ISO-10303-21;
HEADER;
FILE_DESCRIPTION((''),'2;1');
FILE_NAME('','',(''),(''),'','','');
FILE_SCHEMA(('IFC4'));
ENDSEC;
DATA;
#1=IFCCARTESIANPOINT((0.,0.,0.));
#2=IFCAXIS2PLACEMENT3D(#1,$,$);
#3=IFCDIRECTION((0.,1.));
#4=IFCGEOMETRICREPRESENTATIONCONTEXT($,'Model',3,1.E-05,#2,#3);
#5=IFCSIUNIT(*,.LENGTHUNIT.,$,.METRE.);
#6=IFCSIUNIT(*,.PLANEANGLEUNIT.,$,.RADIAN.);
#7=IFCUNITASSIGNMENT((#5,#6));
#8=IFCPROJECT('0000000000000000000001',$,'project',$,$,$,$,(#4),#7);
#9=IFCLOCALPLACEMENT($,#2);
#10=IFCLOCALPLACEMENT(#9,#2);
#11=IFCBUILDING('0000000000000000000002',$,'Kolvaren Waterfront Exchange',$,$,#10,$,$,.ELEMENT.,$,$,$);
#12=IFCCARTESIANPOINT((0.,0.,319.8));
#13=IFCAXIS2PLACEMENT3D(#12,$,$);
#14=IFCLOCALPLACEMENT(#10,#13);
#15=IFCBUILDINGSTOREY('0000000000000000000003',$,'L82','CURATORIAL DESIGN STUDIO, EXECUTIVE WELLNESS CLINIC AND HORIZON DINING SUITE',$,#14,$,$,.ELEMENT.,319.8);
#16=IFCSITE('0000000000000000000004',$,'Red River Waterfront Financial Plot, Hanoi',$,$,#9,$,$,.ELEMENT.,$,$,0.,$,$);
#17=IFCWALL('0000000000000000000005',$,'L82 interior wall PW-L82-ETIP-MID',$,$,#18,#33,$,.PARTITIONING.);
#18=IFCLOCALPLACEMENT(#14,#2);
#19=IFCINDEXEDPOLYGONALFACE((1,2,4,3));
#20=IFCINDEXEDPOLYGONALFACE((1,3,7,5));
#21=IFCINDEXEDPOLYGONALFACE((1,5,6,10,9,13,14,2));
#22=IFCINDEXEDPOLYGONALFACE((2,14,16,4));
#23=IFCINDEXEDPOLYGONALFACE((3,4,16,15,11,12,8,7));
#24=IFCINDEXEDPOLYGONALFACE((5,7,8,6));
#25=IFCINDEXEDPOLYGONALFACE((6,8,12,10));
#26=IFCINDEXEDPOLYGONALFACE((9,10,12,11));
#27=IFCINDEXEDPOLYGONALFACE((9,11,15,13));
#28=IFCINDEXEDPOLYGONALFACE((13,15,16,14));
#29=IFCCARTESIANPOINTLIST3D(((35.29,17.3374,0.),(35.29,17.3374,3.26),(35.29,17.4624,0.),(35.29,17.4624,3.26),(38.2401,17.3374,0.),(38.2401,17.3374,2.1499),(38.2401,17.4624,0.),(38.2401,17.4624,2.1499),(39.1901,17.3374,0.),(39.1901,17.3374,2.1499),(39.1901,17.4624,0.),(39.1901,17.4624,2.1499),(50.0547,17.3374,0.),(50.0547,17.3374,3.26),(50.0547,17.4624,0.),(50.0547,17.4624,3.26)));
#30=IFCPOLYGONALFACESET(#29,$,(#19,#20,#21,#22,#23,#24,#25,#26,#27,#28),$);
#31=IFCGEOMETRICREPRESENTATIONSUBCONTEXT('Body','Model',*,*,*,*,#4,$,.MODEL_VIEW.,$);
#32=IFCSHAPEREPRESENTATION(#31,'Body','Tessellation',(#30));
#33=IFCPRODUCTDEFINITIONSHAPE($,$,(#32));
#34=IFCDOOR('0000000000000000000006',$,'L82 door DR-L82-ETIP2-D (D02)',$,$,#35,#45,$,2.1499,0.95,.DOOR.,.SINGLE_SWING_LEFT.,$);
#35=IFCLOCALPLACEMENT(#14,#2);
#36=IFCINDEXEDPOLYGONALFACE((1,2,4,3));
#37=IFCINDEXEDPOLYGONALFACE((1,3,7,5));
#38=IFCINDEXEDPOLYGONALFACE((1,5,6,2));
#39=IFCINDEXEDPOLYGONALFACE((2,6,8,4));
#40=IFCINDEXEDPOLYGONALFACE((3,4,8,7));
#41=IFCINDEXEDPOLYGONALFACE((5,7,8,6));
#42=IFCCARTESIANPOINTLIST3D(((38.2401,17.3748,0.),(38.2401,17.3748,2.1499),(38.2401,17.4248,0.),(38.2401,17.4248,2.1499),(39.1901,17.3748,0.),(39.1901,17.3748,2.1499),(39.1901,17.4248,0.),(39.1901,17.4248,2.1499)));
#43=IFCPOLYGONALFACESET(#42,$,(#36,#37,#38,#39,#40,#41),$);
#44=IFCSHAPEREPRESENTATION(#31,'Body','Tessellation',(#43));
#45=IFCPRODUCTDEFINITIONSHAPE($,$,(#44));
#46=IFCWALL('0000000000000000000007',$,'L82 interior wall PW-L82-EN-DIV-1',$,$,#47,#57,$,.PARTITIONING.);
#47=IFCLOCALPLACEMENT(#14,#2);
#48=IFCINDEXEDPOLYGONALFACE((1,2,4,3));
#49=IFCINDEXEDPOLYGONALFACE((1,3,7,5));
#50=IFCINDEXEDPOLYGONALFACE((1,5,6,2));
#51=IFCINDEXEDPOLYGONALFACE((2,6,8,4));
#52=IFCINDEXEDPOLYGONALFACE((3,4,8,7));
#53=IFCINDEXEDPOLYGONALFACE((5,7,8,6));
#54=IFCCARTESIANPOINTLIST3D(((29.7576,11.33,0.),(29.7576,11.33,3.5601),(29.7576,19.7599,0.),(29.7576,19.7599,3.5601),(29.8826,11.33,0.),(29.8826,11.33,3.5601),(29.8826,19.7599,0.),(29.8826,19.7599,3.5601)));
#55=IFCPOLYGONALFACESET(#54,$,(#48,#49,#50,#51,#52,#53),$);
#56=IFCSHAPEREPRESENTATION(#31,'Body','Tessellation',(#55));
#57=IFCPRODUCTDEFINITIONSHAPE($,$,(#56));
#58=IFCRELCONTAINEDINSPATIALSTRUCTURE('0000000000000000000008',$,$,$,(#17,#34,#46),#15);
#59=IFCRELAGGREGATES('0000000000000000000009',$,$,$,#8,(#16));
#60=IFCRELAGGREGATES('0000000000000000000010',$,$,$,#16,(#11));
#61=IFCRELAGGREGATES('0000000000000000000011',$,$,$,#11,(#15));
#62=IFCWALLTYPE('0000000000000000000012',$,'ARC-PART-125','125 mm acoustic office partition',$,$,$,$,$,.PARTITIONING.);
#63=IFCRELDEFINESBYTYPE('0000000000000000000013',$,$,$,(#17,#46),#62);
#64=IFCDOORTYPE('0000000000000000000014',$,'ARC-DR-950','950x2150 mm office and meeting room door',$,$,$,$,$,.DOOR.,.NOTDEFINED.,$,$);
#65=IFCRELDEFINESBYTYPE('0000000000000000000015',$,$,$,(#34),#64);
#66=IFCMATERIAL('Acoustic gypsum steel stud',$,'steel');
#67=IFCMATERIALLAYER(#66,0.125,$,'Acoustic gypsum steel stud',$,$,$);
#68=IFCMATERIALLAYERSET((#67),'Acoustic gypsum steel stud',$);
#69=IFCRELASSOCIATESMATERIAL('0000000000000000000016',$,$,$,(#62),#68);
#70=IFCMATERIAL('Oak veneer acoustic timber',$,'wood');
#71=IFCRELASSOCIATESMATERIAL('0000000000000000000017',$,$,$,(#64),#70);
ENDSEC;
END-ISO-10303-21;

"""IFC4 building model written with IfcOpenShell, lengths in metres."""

from ifc_helpers import new_model, si_unit, direction, frame, frame_2d, origin, place, context, subcontext, project, spatial, rectangle, extrude, material, layer, layer_set, type_object, element, fill, save


model = new_model("IFC4")

# Units and contexts
model_context = context("Model", 3, precision=1e-05, world=origin(), true_north=direction((0.0, 1.0)))
body_context = subcontext(model_context, "Body", "Model", "MODEL_VIEW")
ifc_project = project(units=[si_unit("LENGTHUNIT", "METRE"), si_unit("PLANEANGLEUNIT", "RADIAN")], contexts=[model_context])

# Site, building, storey
site_placement = place(None, origin())
site = spatial("IfcSite", under=ifc_project, at=site_placement, Name="Red River Waterfront Financial Plot, Hanoi", CompositionType="ELEMENT", RefElevation=0.0)
building_placement = place(site_placement, origin())
building = spatial("IfcBuilding", under=site, at=building_placement, Name="Kolvaren Waterfront Exchange", CompositionType="ELEMENT")
storey_placement = place(building_placement, frame((0.0, 0.0, 319.8)))
storey = spatial("IfcBuildingStorey", under=building, at=storey_placement, Name="L82", Description="CURATORIAL DESIGN STUDIO, EXECUTIVE WELLNESS CLINIC AND HORIZON DINING SUITE", CompositionType="ELEMENT", Elevation=319.8)

# Wall, opening, door
ifc_material_1 = material(Name="Acoustic gypsum steel stud", Category="steel")
ifc_layer_1 = layer(ifc_material_1, 0.125, Name="Acoustic gypsum steel stud")
ifc_layer_set_1 = layer_set([ifc_layer_1], Name="Acoustic gypsum steel stud")
wall_type_1 = type_object("IfcWallType", Name="ARC-PART-125", Description="125 mm acoustic office partition", PredefinedType="PARTITIONING", material=ifc_layer_set_1)
wall_1_placement = place(storey_placement, frame((35.29, 17.3999, 0.0), z_axis=(0.0, 0.0, 1.0), x_axis=(1.0, 0.0, 0.0)))
wall_1 = element("IfcWall", 1, at=wall_1_placement, inside=storey, type_object=wall_type_1, Name="L82 interior wall PW-L82-ETIP-MID", PredefinedType="PARTITIONING", context=body_context, shape_type="SweptSolid", body=[
    extrude(rectangle(XDim=14.7646, YDim=0.125, at=frame_2d((7.3823, 0.0))), origin(), (0.0, 0.0, 1.0), 3.26),
])
opening_placement = place(wall_1_placement, frame((2.95, 0.0, 0.0)))
opening = element("IfcOpeningElement", 2, at=opening_placement, cuts=wall_1, PredefinedType="OPENING", context=body_context, shape_type="SweptSolid", body=[
    extrude(rectangle(XDim=0.95, YDim=2.1499, at=frame_2d((0.4751, 1.075))), frame((0.0, 0.0725, 0.0), z_axis=(0.0, -1.0, 0.0), x_axis=(1.0, 0.0, 0.0)), (0.0, 0.0, 1.0), 0.145),
])
ifc_material_2 = material(Name="Oak veneer acoustic timber", Category="wood")
door_type = type_object("IfcDoorType", Name="ARC-DR-950", Description="950x2150 mm office and meeting room door", OperationType="NOTDEFINED", PredefinedType="DOOR", material=ifc_material_2)
door_placement = place(opening_placement, origin())
door = element("IfcDoor", 3, at=door_placement, inside=storey, type_object=door_type, Name="L82 door DR-L82-ETIP2-D (D02)", OperationType="SINGLE_SWING_LEFT", OverallHeight=2.1499, OverallWidth=0.95, PredefinedType="DOOR", context=body_context, shape_type="SweptSolid", body=[
    extrude(rectangle(XDim=0.95, YDim=2.1499, at=frame_2d((0.4751, 1.075))), frame((0.0, 0.0249, 0.0), z_axis=(0.0, -1.0, 0.0), x_axis=(1.0, 0.0, 0.0)), (0.0, 0.0, 1.0), 0.05),
])
fill(opening, door)

# Wall
wall_2_placement = place(storey_placement, frame((29.8201, 11.3301, 0.0), z_axis=(0.0, 0.0, 1.0), x_axis=(0.0, 1.0, 0.0)))
element("IfcWall", 4, at=wall_2_placement, inside=storey, type_object=wall_type_1, Name="L82 interior wall PW-L82-EN-DIV-1", PredefinedType="PARTITIONING", context=body_context, shape_type="SweptSolid", body=[
    extrude(rectangle(XDim=8.4299, YDim=0.125, at=frame_2d((4.2148, 0.0))), origin(), (0.0, 0.0, 1.0), 3.5601),
])

save(model, "model.ifc")
